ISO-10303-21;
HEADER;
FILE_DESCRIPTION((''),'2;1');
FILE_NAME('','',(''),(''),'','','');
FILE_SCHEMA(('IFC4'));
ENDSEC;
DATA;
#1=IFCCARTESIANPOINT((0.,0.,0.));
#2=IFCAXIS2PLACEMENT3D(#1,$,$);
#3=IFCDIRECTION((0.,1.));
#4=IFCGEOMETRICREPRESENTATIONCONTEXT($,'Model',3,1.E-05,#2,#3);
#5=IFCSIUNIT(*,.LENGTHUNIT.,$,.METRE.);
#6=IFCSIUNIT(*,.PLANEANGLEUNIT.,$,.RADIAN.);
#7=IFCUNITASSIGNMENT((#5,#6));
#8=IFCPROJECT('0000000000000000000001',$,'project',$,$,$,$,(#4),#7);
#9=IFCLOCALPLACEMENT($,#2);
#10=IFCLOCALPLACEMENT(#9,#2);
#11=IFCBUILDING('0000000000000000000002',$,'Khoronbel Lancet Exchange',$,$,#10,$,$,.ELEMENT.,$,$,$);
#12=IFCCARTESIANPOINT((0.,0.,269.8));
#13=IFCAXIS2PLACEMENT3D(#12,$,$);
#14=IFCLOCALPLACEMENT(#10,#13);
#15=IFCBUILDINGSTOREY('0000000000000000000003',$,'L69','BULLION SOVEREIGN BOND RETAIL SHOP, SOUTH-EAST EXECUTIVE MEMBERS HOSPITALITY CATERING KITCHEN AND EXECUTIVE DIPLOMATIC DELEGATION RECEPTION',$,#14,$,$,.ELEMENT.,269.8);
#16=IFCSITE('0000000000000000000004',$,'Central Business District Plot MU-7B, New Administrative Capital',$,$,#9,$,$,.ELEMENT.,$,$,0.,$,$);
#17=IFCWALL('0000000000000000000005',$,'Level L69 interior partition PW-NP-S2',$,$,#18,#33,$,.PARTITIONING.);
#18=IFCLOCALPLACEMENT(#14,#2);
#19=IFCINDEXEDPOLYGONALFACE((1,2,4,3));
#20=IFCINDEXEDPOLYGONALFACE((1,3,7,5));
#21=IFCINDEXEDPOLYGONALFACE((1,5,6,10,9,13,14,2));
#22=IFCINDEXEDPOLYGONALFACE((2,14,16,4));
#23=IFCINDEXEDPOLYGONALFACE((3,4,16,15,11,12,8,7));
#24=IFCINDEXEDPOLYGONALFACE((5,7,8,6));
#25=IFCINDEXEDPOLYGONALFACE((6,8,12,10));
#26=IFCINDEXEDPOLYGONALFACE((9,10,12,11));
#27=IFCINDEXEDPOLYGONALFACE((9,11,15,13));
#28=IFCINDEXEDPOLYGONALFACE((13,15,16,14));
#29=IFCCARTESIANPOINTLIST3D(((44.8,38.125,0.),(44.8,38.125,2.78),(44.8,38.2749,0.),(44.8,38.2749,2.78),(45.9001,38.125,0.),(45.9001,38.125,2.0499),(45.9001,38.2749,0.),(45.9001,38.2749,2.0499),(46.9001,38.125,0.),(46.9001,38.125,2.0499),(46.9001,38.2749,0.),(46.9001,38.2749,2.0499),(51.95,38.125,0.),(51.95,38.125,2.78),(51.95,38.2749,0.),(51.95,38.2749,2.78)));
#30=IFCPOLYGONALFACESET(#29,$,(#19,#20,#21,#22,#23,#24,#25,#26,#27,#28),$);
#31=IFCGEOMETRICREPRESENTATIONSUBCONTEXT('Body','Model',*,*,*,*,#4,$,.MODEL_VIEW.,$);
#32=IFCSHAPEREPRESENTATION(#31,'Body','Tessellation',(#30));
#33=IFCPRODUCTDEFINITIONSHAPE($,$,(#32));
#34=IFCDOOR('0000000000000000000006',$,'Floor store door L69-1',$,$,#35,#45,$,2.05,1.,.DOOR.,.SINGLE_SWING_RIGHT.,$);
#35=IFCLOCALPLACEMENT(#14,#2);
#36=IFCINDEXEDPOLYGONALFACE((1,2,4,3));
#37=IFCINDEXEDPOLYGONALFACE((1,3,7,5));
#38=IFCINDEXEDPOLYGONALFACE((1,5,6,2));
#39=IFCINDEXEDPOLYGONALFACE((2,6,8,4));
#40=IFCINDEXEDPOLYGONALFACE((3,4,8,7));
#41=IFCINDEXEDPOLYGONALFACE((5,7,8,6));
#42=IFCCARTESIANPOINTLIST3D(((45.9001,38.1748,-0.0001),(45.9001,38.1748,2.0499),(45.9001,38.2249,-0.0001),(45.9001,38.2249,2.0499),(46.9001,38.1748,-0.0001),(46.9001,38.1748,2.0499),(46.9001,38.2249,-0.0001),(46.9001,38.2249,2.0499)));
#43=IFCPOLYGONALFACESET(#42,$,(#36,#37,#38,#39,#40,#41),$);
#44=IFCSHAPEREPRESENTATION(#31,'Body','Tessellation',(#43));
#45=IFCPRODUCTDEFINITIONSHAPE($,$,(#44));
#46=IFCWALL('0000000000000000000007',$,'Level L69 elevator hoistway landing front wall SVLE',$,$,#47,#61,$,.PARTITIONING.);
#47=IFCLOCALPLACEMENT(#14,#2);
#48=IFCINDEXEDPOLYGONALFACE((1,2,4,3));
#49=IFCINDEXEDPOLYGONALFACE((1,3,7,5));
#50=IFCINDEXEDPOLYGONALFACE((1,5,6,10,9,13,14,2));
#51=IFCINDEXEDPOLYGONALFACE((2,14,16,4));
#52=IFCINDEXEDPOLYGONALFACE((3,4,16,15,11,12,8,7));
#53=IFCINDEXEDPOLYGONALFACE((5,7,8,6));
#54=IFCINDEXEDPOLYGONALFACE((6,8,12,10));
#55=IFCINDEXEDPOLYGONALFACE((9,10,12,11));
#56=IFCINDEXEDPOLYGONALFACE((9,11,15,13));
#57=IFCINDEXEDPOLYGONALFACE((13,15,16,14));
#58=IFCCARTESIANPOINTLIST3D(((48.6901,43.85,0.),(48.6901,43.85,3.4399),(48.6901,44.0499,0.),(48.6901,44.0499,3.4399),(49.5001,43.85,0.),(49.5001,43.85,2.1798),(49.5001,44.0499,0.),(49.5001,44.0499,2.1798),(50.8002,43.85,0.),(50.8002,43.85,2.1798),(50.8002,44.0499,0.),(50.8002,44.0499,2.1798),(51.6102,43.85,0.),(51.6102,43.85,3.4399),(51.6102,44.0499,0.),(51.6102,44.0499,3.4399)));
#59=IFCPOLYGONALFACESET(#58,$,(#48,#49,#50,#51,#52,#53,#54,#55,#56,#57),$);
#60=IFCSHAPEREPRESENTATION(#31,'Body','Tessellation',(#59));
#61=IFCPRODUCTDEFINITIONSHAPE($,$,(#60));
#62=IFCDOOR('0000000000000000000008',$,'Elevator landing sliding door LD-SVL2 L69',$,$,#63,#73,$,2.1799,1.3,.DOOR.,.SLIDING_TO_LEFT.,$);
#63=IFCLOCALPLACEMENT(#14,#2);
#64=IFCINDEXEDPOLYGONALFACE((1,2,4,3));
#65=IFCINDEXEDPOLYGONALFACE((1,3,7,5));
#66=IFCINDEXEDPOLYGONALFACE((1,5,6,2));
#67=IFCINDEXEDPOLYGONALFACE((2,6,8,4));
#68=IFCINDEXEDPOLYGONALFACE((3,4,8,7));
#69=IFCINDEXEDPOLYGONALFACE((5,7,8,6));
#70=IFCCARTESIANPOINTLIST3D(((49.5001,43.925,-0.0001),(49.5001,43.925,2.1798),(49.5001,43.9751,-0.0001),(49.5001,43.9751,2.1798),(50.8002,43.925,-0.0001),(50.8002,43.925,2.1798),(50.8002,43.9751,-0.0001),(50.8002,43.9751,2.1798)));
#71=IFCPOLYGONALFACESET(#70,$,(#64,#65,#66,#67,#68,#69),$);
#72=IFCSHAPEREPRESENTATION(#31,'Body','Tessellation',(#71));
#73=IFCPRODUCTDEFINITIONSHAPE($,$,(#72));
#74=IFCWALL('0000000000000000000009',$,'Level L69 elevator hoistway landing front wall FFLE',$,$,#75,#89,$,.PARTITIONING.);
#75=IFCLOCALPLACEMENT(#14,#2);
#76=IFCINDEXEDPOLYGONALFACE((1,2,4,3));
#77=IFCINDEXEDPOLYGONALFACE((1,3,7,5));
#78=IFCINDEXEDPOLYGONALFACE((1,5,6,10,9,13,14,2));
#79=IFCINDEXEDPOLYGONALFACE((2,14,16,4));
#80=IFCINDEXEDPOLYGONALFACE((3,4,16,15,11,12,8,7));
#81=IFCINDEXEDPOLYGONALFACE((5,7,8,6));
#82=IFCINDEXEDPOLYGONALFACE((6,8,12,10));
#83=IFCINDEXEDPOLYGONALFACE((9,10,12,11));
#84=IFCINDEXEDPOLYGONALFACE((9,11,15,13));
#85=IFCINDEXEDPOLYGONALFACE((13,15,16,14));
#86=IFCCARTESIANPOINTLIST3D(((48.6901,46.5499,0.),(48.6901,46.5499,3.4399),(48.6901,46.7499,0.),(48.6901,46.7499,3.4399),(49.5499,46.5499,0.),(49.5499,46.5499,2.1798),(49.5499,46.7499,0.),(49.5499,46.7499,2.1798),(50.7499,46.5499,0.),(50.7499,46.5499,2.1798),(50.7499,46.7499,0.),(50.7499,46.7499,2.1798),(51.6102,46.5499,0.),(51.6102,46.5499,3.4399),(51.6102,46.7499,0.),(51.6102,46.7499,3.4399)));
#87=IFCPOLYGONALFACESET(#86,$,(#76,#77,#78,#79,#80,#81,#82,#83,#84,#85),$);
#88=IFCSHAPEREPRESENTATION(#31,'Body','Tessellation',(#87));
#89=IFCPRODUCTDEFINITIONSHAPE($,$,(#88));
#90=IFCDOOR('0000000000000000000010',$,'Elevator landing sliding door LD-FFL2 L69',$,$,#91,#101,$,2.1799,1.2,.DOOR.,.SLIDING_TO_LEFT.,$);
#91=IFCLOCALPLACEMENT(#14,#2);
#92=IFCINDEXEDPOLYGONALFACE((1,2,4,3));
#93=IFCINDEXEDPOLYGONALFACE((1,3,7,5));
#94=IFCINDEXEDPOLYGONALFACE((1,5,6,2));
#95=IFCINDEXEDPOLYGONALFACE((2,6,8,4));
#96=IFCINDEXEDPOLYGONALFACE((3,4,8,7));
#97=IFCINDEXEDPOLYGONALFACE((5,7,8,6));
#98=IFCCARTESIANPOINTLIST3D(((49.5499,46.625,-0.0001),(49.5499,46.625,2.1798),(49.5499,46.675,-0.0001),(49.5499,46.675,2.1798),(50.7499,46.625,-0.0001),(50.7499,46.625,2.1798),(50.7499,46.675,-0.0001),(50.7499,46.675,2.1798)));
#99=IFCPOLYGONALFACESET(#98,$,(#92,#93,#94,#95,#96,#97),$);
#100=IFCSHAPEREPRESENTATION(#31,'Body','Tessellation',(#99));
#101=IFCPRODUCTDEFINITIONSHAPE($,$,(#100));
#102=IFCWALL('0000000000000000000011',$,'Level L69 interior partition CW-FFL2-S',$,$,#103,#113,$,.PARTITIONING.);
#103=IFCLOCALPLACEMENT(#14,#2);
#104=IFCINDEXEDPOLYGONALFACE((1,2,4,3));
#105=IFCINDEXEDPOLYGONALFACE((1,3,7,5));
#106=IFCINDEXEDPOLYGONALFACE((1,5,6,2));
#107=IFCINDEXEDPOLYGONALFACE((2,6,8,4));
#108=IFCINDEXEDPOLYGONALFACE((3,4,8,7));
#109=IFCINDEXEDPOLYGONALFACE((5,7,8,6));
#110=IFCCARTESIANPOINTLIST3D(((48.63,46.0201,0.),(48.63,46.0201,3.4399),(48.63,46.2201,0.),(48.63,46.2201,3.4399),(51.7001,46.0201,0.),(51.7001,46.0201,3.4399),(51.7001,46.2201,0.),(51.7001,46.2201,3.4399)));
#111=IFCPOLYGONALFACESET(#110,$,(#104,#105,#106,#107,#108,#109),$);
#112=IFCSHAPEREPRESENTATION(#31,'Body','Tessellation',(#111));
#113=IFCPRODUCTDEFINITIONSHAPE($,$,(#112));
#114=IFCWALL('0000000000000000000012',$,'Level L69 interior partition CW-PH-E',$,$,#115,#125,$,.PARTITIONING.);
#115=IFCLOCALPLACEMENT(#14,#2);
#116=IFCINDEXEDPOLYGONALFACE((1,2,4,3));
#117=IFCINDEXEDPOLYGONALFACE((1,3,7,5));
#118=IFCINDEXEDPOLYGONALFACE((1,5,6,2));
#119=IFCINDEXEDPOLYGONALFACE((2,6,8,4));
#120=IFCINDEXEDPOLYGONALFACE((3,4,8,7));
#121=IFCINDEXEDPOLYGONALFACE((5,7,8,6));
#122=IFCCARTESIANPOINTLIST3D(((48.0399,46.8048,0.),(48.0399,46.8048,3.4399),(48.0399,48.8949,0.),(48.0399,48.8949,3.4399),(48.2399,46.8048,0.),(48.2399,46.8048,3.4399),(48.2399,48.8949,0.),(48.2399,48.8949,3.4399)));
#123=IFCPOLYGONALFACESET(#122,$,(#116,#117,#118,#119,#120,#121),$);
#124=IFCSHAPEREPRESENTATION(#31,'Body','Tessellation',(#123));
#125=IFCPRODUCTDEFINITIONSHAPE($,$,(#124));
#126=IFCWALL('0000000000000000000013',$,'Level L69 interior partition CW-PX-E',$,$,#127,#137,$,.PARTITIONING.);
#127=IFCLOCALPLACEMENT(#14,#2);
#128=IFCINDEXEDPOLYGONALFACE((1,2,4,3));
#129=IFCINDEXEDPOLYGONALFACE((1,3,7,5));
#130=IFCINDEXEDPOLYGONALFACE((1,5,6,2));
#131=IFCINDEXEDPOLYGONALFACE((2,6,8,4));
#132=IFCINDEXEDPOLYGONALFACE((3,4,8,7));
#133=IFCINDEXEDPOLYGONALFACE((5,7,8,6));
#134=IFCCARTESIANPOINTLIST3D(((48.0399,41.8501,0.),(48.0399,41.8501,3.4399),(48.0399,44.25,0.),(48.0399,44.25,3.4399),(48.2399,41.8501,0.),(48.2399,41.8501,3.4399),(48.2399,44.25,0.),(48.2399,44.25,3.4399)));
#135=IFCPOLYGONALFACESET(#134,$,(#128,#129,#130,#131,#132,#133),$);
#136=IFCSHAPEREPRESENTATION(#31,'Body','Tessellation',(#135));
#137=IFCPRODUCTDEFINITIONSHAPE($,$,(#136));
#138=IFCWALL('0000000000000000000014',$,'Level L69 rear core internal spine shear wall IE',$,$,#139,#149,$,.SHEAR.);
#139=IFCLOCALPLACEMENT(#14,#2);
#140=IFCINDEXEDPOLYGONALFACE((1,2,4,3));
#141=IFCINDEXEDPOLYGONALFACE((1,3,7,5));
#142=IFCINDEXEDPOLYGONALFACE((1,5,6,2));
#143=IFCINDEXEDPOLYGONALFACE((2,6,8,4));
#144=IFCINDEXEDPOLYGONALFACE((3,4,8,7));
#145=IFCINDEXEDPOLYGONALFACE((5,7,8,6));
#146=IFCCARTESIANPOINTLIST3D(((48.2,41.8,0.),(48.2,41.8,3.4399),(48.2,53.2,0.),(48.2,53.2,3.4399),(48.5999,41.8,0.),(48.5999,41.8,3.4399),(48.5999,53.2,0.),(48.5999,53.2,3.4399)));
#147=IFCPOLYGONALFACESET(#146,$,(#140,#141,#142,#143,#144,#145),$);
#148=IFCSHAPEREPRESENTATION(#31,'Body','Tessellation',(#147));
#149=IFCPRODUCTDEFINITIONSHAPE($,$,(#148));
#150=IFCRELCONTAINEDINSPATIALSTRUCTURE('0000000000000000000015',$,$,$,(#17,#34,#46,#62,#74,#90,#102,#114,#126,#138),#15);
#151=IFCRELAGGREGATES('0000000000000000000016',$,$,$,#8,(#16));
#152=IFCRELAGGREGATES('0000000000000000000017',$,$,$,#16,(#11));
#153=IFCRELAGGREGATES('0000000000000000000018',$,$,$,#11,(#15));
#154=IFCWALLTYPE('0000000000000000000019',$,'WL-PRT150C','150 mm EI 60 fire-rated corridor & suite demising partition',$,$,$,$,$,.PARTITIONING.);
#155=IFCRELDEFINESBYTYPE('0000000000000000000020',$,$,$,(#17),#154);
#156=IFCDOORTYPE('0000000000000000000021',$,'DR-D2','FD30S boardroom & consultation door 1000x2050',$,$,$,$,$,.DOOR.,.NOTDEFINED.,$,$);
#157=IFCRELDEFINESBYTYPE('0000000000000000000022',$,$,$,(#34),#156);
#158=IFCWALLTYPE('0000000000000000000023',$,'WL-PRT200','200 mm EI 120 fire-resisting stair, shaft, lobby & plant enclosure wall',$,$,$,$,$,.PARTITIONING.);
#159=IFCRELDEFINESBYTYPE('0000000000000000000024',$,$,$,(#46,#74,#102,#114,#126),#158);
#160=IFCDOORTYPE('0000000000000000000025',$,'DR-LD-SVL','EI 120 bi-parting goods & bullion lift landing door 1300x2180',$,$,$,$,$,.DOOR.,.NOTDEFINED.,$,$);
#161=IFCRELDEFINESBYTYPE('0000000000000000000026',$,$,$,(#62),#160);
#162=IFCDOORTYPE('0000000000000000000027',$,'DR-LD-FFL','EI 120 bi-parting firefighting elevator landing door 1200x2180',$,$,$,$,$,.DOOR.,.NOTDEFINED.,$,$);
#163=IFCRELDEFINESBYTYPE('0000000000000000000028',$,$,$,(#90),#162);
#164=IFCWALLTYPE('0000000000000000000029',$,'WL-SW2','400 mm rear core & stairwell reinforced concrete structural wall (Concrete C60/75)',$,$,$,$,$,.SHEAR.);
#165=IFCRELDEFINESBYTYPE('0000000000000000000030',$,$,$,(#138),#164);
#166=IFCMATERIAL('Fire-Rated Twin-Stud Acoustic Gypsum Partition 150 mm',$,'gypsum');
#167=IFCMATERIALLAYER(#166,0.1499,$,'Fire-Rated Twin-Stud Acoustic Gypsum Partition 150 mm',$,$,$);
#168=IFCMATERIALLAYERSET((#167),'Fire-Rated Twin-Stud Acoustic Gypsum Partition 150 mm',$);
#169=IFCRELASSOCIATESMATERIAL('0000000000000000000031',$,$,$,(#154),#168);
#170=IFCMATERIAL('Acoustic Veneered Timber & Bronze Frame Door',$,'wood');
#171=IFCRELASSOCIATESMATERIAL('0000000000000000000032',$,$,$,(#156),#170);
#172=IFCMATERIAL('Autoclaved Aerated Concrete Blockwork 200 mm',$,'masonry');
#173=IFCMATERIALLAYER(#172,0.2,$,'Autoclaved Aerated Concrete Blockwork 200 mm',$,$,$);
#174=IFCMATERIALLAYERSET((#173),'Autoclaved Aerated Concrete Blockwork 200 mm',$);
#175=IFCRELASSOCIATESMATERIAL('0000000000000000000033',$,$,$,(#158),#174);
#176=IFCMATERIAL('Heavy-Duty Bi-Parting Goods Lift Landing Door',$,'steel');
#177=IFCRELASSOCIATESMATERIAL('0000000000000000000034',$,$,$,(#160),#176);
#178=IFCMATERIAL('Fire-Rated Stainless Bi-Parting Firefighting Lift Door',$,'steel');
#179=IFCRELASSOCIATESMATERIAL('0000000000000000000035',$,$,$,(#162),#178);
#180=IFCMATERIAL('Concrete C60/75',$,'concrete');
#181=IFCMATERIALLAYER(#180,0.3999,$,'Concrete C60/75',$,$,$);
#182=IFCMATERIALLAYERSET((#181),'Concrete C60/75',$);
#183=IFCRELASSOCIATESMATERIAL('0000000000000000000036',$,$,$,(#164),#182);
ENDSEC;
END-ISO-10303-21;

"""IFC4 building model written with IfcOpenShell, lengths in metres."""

from ifc_helpers import new_model, si_unit, direction, frame, frame_2d, origin, place, context, subcontext, project, spatial, rectangle, extrude, material, layer, layer_set, type_object, element, fill, save


model = new_model("IFC4")

# Units and contexts
model_context = context("Model", 3, precision=1e-05, world=origin(), true_north=direction((0.0, 1.0)))
body_context = subcontext(model_context, "Body", "Model", "MODEL_VIEW")
ifc_project = project(units=[si_unit("LENGTHUNIT", "METRE"), si_unit("PLANEANGLEUNIT", "RADIAN")], contexts=[model_context])

# Site, building, storey
site_placement = place(None, origin())
site = spatial("IfcSite", under=ifc_project, at=site_placement, Name="Central Business District Plot MU-7B, New Administrative Capital", CompositionType="ELEMENT", RefElevation=0.0)
building_placement = place(site_placement, origin())
building = spatial("IfcBuilding", under=site, at=building_placement, Name="Khoronbel Lancet Exchange", CompositionType="ELEMENT")
storey_placement = place(building_placement, frame((0.0, 0.0, 269.8)))
storey = spatial("IfcBuildingStorey", under=building, at=storey_placement, Name="L69", Description="BULLION SOVEREIGN BOND RETAIL SHOP, SOUTH-EAST EXECUTIVE MEMBERS HOSPITALITY CATERING KITCHEN AND EXECUTIVE DIPLOMATIC DELEGATION RECEPTION", CompositionType="ELEMENT", Elevation=269.8)

# Walls, openings, doors
ifc_material_1 = material(Name="Fire-Rated Twin-Stud Acoustic Gypsum Partition 150 mm", Category="gypsum")
ifc_layer_1 = layer(ifc_material_1, 0.1499, Name="Fire-Rated Twin-Stud Acoustic Gypsum Partition 150 mm")
ifc_layer_set_1 = layer_set([ifc_layer_1], Name="Fire-Rated Twin-Stud Acoustic Gypsum Partition 150 mm")
wall_type_1 = type_object("IfcWallType", Name="WL-PRT150C", Description="150 mm EI 60 fire-rated corridor & suite demising partition", PredefinedType="PARTITIONING", material=ifc_layer_set_1)
wall_1_placement = place(storey_placement, frame((44.8, 38.2, 0.0), z_axis=(0.0, 0.0, 1.0), x_axis=(1.0, 0.0, 0.0)))
wall_1 = element("IfcWall", 1, at=wall_1_placement, inside=storey, type_object=wall_type_1, Name="Level L69 interior partition PW-NP-S2", PredefinedType="PARTITIONING", context=body_context, shape_type="SweptSolid", body=[
    extrude(rectangle(XDim=7.1499, YDim=0.1499, at=frame_2d((3.575, 0.0))), origin(), (0.0, 0.0, 1.0), 2.78),
])
opening_1_placement = place(wall_1_placement, frame((1.1001, 0.0, 0.0)))
opening_1 = element("IfcOpeningElement", 2, at=opening_1_placement, cuts=wall_1, PredefinedType="OPENING", context=body_context, shape_type="SweptSolid", body=[
    extrude(rectangle(XDim=1.0, YDim=2.05, at=frame_2d((0.5, 1.0249))), frame((0.0, 0.085, 0.0), z_axis=(0.0, -1.0, 0.0), x_axis=(1.0, 0.0, 0.0)), (0.0, 0.0, 1.0), 0.1699),
])
ifc_material_2 = material(Name="Acoustic Veneered Timber & Bronze Frame Door", Category="wood")
door_type_1 = type_object("IfcDoorType", Name="DR-D2", Description="FD30S boardroom & consultation door 1000x2050", OperationType="NOTDEFINED", PredefinedType="DOOR", material=ifc_material_2)
door_1_placement = place(opening_1_placement, origin())
door_1 = element("IfcDoor", 3, at=door_1_placement, inside=storey, type_object=door_type_1, Name="Floor store door L69-1", OperationType="SINGLE_SWING_RIGHT", OverallHeight=2.05, OverallWidth=1.0, PredefinedType="DOOR", context=body_context, shape_type="SweptSolid", body=[
    extrude(rectangle(XDim=1.0, YDim=2.05, at=frame_2d((0.5, 1.0249))), frame((0.0, 0.0249, 0.0), z_axis=(0.0, -1.0, 0.0), x_axis=(1.0, 0.0, 0.0)), (0.0, 0.0, 1.0), 0.05),
])
fill(opening_1, door_1)
ifc_material_3 = material(Name="Autoclaved Aerated Concrete Blockwork 200 mm", Category="masonry")
ifc_layer_2 = layer(ifc_material_3, 0.2, Name="Autoclaved Aerated Concrete Blockwork 200 mm")
ifc_layer_set_2 = layer_set([ifc_layer_2], Name="Autoclaved Aerated Concrete Blockwork 200 mm")
wall_type_2 = type_object("IfcWallType", Name="WL-PRT200", Description="200 mm EI 120 fire-resisting stair, shaft, lobby & plant enclosure wall", PredefinedType="PARTITIONING", material=ifc_layer_set_2)
wall_2_placement = place(storey_placement, frame((51.6101, 43.95, 0.0), z_axis=(0.0, 0.0, 1.0), x_axis=(-1.0, 0.0, 0.0)))
wall_2 = element("IfcWall", 4, at=wall_2_placement, inside=storey, type_object=wall_type_2, Name="Level L69 elevator hoistway landing front wall SVLE", PredefinedType="PARTITIONING", context=body_context, shape_type="SweptSolid", body=[
    extrude(rectangle(XDim=2.9202, YDim=0.2, at=frame_2d((1.46, 0.0))), origin(), (0.0, 0.0, 1.0), 3.4399),
])
opening_2_placement = place(wall_2_placement, frame((0.8101, 0.0, 0.0)))
opening_2 = element("IfcOpeningElement", 5, at=opening_2_placement, cuts=wall_2, PredefinedType="OPENING", context=body_context, shape_type="SweptSolid", body=[
    extrude(rectangle(XDim=1.3, YDim=2.1799, at=frame_2d((0.6499, 1.0898))), frame((0.0, 0.1099, 0.0), z_axis=(0.0, -1.0, 0.0), x_axis=(1.0, 0.0, 0.0)), (0.0, 0.0, 1.0), 0.22),
])
ifc_material_4 = material(Name="Heavy-Duty Bi-Parting Goods Lift Landing Door", Category="steel")
door_type_2 = type_object("IfcDoorType", Name="DR-LD-SVL", Description="EI 120 bi-parting goods & bullion lift landing door 1300x2180", OperationType="NOTDEFINED", PredefinedType="DOOR", material=ifc_material_4)
door_2_placement = place(opening_2_placement, origin())
door_2 = element("IfcDoor", 6, at=door_2_placement, inside=storey, type_object=door_type_2, Name="Elevator landing sliding door LD-SVL2 L69", OperationType="SLIDING_TO_LEFT", OverallHeight=2.1799, OverallWidth=1.3, PredefinedType="DOOR", context=body_context, shape_type="SweptSolid", body=[
    extrude(rectangle(XDim=1.3, YDim=2.1799, at=frame_2d((0.6499, 1.0898))), frame((0.0, 0.0249, 0.0), z_axis=(0.0, -1.0, 0.0), x_axis=(1.0, 0.0, 0.0)), (0.0, 0.0, 1.0), 0.05),
])
fill(opening_2, door_2)
wall_3_placement = place(storey_placement, frame((51.6101, 46.6499, 0.0), z_axis=(0.0, 0.0, 1.0), x_axis=(-1.0, 0.0, 0.0)))
wall_3 = element("IfcWall", 7, at=wall_3_placement, inside=storey, type_object=wall_type_2, Name="Level L69 elevator hoistway landing front wall FFLE", PredefinedType="PARTITIONING", context=body_context, shape_type="SweptSolid", body=[
    extrude(rectangle(XDim=2.9202, YDim=0.2, at=frame_2d((1.46, 0.0))), origin(), (0.0, 0.0, 1.0), 3.4399),
])
opening_3_placement = place(wall_3_placement, frame((0.8601, 0.0, 0.0)))
opening_3 = element("IfcOpeningElement", 8, at=opening_3_placement, cuts=wall_3, PredefinedType="OPENING", context=body_context, shape_type="SweptSolid", body=[
    extrude(rectangle(XDim=1.2, YDim=2.1799, at=frame_2d((0.6001, 1.0898))), frame((0.0, 0.1099, 0.0), z_axis=(0.0, -1.0, 0.0), x_axis=(1.0, 0.0, 0.0)), (0.0, 0.0, 1.0), 0.22),
])
ifc_material_5 = material(Name="Fire-Rated Stainless Bi-Parting Firefighting Lift Door", Category="steel")
door_type_3 = type_object("IfcDoorType", Name="DR-LD-FFL", Description="EI 120 bi-parting firefighting elevator landing door 1200x2180", OperationType="NOTDEFINED", PredefinedType="DOOR", material=ifc_material_5)
door_3_placement = place(opening_3_placement, origin())
door_3 = element("IfcDoor", 9, at=door_3_placement, inside=storey, type_object=door_type_3, Name="Elevator landing sliding door LD-FFL2 L69", OperationType="SLIDING_TO_LEFT", OverallHeight=2.1799, OverallWidth=1.2, PredefinedType="DOOR", context=body_context, shape_type="SweptSolid", body=[
    extrude(rectangle(XDim=1.2, YDim=2.1799, at=frame_2d((0.6001, 1.0898))), frame((0.0, 0.0249, 0.0), z_axis=(0.0, -1.0, 0.0), x_axis=(1.0, 0.0, 0.0)), (0.0, 0.0, 1.0), 0.05),
])
fill(opening_3, door_3)

# Walls
wall_4_placement = place(storey_placement, frame((48.6299, 46.1201, 0.0), z_axis=(0.0, 0.0, 1.0), x_axis=(1.0, 0.0, 0.0)))
element("IfcWall", 10, at=wall_4_placement, inside=storey, type_object=wall_type_2, Name="Level L69 interior partition CW-FFL2-S", PredefinedType="PARTITIONING", context=body_context, shape_type="SweptSolid", body=[
    extrude(rectangle(XDim=3.0701, YDim=0.2, at=frame_2d((1.5352, 0.0))), origin(), (0.0, 0.0, 1.0), 3.4399),
])
wall_5_placement = place(storey_placement, frame((48.1399, 46.8049, 0.0), z_axis=(0.0, 0.0, 1.0), x_axis=(0.0, 1.0, 0.0)))
element("IfcWall", 11, at=wall_5_placement, inside=storey, type_object=wall_type_2, Name="Level L69 interior partition CW-PH-E", PredefinedType="PARTITIONING", context=body_context, shape_type="SweptSolid", body=[
    extrude(rectangle(XDim=2.0901, YDim=0.2, at=frame_2d((1.0449, 0.0))), origin(), (0.0, 0.0, 1.0), 3.4399),
])
wall_6_placement = place(storey_placement, frame((48.1399, 41.8501, 0.0), z_axis=(0.0, 0.0, 1.0), x_axis=(0.0, 1.0, 0.0)))
element("IfcWall", 12, at=wall_6_placement, inside=storey, type_object=wall_type_2, Name="Level L69 interior partition CW-PX-E", PredefinedType="PARTITIONING", context=body_context, shape_type="SweptSolid", body=[
    extrude(rectangle(XDim=2.3999, YDim=0.2, at=frame_2d((1.2, 0.0))), origin(), (0.0, 0.0, 1.0), 3.4399),
])
ifc_material_6 = material(Name="Concrete C60/75", Category="concrete")
ifc_layer_3 = layer(ifc_material_6, 0.3999, Name="Concrete C60/75")
ifc_layer_set_3 = layer_set([ifc_layer_3], Name="Concrete C60/75")
wall_type_3 = type_object("IfcWallType", Name="WL-SW2", Description="400 mm rear core & stairwell reinforced concrete structural wall (Concrete C60/75)", PredefinedType="SHEAR", material=ifc_layer_set_3)
wall_7_placement = place(storey_placement, frame((48.3999, 41.8, 0.0), z_axis=(0.0, 0.0, 1.0), x_axis=(0.0, 1.0, 0.0)))
element("IfcWall", 13, at=wall_7_placement, inside=storey, type_object=wall_type_3, Name="Level L69 rear core internal spine shear wall IE", PredefinedType="SHEAR", context=body_context, shape_type="SweptSolid", body=[
    extrude(rectangle(XDim=11.3999, YDim=0.3999, at=frame_2d((5.7, 0.0))), origin(), (0.0, 0.0, 1.0), 3.4399),
])

save(model, "model.ifc")
